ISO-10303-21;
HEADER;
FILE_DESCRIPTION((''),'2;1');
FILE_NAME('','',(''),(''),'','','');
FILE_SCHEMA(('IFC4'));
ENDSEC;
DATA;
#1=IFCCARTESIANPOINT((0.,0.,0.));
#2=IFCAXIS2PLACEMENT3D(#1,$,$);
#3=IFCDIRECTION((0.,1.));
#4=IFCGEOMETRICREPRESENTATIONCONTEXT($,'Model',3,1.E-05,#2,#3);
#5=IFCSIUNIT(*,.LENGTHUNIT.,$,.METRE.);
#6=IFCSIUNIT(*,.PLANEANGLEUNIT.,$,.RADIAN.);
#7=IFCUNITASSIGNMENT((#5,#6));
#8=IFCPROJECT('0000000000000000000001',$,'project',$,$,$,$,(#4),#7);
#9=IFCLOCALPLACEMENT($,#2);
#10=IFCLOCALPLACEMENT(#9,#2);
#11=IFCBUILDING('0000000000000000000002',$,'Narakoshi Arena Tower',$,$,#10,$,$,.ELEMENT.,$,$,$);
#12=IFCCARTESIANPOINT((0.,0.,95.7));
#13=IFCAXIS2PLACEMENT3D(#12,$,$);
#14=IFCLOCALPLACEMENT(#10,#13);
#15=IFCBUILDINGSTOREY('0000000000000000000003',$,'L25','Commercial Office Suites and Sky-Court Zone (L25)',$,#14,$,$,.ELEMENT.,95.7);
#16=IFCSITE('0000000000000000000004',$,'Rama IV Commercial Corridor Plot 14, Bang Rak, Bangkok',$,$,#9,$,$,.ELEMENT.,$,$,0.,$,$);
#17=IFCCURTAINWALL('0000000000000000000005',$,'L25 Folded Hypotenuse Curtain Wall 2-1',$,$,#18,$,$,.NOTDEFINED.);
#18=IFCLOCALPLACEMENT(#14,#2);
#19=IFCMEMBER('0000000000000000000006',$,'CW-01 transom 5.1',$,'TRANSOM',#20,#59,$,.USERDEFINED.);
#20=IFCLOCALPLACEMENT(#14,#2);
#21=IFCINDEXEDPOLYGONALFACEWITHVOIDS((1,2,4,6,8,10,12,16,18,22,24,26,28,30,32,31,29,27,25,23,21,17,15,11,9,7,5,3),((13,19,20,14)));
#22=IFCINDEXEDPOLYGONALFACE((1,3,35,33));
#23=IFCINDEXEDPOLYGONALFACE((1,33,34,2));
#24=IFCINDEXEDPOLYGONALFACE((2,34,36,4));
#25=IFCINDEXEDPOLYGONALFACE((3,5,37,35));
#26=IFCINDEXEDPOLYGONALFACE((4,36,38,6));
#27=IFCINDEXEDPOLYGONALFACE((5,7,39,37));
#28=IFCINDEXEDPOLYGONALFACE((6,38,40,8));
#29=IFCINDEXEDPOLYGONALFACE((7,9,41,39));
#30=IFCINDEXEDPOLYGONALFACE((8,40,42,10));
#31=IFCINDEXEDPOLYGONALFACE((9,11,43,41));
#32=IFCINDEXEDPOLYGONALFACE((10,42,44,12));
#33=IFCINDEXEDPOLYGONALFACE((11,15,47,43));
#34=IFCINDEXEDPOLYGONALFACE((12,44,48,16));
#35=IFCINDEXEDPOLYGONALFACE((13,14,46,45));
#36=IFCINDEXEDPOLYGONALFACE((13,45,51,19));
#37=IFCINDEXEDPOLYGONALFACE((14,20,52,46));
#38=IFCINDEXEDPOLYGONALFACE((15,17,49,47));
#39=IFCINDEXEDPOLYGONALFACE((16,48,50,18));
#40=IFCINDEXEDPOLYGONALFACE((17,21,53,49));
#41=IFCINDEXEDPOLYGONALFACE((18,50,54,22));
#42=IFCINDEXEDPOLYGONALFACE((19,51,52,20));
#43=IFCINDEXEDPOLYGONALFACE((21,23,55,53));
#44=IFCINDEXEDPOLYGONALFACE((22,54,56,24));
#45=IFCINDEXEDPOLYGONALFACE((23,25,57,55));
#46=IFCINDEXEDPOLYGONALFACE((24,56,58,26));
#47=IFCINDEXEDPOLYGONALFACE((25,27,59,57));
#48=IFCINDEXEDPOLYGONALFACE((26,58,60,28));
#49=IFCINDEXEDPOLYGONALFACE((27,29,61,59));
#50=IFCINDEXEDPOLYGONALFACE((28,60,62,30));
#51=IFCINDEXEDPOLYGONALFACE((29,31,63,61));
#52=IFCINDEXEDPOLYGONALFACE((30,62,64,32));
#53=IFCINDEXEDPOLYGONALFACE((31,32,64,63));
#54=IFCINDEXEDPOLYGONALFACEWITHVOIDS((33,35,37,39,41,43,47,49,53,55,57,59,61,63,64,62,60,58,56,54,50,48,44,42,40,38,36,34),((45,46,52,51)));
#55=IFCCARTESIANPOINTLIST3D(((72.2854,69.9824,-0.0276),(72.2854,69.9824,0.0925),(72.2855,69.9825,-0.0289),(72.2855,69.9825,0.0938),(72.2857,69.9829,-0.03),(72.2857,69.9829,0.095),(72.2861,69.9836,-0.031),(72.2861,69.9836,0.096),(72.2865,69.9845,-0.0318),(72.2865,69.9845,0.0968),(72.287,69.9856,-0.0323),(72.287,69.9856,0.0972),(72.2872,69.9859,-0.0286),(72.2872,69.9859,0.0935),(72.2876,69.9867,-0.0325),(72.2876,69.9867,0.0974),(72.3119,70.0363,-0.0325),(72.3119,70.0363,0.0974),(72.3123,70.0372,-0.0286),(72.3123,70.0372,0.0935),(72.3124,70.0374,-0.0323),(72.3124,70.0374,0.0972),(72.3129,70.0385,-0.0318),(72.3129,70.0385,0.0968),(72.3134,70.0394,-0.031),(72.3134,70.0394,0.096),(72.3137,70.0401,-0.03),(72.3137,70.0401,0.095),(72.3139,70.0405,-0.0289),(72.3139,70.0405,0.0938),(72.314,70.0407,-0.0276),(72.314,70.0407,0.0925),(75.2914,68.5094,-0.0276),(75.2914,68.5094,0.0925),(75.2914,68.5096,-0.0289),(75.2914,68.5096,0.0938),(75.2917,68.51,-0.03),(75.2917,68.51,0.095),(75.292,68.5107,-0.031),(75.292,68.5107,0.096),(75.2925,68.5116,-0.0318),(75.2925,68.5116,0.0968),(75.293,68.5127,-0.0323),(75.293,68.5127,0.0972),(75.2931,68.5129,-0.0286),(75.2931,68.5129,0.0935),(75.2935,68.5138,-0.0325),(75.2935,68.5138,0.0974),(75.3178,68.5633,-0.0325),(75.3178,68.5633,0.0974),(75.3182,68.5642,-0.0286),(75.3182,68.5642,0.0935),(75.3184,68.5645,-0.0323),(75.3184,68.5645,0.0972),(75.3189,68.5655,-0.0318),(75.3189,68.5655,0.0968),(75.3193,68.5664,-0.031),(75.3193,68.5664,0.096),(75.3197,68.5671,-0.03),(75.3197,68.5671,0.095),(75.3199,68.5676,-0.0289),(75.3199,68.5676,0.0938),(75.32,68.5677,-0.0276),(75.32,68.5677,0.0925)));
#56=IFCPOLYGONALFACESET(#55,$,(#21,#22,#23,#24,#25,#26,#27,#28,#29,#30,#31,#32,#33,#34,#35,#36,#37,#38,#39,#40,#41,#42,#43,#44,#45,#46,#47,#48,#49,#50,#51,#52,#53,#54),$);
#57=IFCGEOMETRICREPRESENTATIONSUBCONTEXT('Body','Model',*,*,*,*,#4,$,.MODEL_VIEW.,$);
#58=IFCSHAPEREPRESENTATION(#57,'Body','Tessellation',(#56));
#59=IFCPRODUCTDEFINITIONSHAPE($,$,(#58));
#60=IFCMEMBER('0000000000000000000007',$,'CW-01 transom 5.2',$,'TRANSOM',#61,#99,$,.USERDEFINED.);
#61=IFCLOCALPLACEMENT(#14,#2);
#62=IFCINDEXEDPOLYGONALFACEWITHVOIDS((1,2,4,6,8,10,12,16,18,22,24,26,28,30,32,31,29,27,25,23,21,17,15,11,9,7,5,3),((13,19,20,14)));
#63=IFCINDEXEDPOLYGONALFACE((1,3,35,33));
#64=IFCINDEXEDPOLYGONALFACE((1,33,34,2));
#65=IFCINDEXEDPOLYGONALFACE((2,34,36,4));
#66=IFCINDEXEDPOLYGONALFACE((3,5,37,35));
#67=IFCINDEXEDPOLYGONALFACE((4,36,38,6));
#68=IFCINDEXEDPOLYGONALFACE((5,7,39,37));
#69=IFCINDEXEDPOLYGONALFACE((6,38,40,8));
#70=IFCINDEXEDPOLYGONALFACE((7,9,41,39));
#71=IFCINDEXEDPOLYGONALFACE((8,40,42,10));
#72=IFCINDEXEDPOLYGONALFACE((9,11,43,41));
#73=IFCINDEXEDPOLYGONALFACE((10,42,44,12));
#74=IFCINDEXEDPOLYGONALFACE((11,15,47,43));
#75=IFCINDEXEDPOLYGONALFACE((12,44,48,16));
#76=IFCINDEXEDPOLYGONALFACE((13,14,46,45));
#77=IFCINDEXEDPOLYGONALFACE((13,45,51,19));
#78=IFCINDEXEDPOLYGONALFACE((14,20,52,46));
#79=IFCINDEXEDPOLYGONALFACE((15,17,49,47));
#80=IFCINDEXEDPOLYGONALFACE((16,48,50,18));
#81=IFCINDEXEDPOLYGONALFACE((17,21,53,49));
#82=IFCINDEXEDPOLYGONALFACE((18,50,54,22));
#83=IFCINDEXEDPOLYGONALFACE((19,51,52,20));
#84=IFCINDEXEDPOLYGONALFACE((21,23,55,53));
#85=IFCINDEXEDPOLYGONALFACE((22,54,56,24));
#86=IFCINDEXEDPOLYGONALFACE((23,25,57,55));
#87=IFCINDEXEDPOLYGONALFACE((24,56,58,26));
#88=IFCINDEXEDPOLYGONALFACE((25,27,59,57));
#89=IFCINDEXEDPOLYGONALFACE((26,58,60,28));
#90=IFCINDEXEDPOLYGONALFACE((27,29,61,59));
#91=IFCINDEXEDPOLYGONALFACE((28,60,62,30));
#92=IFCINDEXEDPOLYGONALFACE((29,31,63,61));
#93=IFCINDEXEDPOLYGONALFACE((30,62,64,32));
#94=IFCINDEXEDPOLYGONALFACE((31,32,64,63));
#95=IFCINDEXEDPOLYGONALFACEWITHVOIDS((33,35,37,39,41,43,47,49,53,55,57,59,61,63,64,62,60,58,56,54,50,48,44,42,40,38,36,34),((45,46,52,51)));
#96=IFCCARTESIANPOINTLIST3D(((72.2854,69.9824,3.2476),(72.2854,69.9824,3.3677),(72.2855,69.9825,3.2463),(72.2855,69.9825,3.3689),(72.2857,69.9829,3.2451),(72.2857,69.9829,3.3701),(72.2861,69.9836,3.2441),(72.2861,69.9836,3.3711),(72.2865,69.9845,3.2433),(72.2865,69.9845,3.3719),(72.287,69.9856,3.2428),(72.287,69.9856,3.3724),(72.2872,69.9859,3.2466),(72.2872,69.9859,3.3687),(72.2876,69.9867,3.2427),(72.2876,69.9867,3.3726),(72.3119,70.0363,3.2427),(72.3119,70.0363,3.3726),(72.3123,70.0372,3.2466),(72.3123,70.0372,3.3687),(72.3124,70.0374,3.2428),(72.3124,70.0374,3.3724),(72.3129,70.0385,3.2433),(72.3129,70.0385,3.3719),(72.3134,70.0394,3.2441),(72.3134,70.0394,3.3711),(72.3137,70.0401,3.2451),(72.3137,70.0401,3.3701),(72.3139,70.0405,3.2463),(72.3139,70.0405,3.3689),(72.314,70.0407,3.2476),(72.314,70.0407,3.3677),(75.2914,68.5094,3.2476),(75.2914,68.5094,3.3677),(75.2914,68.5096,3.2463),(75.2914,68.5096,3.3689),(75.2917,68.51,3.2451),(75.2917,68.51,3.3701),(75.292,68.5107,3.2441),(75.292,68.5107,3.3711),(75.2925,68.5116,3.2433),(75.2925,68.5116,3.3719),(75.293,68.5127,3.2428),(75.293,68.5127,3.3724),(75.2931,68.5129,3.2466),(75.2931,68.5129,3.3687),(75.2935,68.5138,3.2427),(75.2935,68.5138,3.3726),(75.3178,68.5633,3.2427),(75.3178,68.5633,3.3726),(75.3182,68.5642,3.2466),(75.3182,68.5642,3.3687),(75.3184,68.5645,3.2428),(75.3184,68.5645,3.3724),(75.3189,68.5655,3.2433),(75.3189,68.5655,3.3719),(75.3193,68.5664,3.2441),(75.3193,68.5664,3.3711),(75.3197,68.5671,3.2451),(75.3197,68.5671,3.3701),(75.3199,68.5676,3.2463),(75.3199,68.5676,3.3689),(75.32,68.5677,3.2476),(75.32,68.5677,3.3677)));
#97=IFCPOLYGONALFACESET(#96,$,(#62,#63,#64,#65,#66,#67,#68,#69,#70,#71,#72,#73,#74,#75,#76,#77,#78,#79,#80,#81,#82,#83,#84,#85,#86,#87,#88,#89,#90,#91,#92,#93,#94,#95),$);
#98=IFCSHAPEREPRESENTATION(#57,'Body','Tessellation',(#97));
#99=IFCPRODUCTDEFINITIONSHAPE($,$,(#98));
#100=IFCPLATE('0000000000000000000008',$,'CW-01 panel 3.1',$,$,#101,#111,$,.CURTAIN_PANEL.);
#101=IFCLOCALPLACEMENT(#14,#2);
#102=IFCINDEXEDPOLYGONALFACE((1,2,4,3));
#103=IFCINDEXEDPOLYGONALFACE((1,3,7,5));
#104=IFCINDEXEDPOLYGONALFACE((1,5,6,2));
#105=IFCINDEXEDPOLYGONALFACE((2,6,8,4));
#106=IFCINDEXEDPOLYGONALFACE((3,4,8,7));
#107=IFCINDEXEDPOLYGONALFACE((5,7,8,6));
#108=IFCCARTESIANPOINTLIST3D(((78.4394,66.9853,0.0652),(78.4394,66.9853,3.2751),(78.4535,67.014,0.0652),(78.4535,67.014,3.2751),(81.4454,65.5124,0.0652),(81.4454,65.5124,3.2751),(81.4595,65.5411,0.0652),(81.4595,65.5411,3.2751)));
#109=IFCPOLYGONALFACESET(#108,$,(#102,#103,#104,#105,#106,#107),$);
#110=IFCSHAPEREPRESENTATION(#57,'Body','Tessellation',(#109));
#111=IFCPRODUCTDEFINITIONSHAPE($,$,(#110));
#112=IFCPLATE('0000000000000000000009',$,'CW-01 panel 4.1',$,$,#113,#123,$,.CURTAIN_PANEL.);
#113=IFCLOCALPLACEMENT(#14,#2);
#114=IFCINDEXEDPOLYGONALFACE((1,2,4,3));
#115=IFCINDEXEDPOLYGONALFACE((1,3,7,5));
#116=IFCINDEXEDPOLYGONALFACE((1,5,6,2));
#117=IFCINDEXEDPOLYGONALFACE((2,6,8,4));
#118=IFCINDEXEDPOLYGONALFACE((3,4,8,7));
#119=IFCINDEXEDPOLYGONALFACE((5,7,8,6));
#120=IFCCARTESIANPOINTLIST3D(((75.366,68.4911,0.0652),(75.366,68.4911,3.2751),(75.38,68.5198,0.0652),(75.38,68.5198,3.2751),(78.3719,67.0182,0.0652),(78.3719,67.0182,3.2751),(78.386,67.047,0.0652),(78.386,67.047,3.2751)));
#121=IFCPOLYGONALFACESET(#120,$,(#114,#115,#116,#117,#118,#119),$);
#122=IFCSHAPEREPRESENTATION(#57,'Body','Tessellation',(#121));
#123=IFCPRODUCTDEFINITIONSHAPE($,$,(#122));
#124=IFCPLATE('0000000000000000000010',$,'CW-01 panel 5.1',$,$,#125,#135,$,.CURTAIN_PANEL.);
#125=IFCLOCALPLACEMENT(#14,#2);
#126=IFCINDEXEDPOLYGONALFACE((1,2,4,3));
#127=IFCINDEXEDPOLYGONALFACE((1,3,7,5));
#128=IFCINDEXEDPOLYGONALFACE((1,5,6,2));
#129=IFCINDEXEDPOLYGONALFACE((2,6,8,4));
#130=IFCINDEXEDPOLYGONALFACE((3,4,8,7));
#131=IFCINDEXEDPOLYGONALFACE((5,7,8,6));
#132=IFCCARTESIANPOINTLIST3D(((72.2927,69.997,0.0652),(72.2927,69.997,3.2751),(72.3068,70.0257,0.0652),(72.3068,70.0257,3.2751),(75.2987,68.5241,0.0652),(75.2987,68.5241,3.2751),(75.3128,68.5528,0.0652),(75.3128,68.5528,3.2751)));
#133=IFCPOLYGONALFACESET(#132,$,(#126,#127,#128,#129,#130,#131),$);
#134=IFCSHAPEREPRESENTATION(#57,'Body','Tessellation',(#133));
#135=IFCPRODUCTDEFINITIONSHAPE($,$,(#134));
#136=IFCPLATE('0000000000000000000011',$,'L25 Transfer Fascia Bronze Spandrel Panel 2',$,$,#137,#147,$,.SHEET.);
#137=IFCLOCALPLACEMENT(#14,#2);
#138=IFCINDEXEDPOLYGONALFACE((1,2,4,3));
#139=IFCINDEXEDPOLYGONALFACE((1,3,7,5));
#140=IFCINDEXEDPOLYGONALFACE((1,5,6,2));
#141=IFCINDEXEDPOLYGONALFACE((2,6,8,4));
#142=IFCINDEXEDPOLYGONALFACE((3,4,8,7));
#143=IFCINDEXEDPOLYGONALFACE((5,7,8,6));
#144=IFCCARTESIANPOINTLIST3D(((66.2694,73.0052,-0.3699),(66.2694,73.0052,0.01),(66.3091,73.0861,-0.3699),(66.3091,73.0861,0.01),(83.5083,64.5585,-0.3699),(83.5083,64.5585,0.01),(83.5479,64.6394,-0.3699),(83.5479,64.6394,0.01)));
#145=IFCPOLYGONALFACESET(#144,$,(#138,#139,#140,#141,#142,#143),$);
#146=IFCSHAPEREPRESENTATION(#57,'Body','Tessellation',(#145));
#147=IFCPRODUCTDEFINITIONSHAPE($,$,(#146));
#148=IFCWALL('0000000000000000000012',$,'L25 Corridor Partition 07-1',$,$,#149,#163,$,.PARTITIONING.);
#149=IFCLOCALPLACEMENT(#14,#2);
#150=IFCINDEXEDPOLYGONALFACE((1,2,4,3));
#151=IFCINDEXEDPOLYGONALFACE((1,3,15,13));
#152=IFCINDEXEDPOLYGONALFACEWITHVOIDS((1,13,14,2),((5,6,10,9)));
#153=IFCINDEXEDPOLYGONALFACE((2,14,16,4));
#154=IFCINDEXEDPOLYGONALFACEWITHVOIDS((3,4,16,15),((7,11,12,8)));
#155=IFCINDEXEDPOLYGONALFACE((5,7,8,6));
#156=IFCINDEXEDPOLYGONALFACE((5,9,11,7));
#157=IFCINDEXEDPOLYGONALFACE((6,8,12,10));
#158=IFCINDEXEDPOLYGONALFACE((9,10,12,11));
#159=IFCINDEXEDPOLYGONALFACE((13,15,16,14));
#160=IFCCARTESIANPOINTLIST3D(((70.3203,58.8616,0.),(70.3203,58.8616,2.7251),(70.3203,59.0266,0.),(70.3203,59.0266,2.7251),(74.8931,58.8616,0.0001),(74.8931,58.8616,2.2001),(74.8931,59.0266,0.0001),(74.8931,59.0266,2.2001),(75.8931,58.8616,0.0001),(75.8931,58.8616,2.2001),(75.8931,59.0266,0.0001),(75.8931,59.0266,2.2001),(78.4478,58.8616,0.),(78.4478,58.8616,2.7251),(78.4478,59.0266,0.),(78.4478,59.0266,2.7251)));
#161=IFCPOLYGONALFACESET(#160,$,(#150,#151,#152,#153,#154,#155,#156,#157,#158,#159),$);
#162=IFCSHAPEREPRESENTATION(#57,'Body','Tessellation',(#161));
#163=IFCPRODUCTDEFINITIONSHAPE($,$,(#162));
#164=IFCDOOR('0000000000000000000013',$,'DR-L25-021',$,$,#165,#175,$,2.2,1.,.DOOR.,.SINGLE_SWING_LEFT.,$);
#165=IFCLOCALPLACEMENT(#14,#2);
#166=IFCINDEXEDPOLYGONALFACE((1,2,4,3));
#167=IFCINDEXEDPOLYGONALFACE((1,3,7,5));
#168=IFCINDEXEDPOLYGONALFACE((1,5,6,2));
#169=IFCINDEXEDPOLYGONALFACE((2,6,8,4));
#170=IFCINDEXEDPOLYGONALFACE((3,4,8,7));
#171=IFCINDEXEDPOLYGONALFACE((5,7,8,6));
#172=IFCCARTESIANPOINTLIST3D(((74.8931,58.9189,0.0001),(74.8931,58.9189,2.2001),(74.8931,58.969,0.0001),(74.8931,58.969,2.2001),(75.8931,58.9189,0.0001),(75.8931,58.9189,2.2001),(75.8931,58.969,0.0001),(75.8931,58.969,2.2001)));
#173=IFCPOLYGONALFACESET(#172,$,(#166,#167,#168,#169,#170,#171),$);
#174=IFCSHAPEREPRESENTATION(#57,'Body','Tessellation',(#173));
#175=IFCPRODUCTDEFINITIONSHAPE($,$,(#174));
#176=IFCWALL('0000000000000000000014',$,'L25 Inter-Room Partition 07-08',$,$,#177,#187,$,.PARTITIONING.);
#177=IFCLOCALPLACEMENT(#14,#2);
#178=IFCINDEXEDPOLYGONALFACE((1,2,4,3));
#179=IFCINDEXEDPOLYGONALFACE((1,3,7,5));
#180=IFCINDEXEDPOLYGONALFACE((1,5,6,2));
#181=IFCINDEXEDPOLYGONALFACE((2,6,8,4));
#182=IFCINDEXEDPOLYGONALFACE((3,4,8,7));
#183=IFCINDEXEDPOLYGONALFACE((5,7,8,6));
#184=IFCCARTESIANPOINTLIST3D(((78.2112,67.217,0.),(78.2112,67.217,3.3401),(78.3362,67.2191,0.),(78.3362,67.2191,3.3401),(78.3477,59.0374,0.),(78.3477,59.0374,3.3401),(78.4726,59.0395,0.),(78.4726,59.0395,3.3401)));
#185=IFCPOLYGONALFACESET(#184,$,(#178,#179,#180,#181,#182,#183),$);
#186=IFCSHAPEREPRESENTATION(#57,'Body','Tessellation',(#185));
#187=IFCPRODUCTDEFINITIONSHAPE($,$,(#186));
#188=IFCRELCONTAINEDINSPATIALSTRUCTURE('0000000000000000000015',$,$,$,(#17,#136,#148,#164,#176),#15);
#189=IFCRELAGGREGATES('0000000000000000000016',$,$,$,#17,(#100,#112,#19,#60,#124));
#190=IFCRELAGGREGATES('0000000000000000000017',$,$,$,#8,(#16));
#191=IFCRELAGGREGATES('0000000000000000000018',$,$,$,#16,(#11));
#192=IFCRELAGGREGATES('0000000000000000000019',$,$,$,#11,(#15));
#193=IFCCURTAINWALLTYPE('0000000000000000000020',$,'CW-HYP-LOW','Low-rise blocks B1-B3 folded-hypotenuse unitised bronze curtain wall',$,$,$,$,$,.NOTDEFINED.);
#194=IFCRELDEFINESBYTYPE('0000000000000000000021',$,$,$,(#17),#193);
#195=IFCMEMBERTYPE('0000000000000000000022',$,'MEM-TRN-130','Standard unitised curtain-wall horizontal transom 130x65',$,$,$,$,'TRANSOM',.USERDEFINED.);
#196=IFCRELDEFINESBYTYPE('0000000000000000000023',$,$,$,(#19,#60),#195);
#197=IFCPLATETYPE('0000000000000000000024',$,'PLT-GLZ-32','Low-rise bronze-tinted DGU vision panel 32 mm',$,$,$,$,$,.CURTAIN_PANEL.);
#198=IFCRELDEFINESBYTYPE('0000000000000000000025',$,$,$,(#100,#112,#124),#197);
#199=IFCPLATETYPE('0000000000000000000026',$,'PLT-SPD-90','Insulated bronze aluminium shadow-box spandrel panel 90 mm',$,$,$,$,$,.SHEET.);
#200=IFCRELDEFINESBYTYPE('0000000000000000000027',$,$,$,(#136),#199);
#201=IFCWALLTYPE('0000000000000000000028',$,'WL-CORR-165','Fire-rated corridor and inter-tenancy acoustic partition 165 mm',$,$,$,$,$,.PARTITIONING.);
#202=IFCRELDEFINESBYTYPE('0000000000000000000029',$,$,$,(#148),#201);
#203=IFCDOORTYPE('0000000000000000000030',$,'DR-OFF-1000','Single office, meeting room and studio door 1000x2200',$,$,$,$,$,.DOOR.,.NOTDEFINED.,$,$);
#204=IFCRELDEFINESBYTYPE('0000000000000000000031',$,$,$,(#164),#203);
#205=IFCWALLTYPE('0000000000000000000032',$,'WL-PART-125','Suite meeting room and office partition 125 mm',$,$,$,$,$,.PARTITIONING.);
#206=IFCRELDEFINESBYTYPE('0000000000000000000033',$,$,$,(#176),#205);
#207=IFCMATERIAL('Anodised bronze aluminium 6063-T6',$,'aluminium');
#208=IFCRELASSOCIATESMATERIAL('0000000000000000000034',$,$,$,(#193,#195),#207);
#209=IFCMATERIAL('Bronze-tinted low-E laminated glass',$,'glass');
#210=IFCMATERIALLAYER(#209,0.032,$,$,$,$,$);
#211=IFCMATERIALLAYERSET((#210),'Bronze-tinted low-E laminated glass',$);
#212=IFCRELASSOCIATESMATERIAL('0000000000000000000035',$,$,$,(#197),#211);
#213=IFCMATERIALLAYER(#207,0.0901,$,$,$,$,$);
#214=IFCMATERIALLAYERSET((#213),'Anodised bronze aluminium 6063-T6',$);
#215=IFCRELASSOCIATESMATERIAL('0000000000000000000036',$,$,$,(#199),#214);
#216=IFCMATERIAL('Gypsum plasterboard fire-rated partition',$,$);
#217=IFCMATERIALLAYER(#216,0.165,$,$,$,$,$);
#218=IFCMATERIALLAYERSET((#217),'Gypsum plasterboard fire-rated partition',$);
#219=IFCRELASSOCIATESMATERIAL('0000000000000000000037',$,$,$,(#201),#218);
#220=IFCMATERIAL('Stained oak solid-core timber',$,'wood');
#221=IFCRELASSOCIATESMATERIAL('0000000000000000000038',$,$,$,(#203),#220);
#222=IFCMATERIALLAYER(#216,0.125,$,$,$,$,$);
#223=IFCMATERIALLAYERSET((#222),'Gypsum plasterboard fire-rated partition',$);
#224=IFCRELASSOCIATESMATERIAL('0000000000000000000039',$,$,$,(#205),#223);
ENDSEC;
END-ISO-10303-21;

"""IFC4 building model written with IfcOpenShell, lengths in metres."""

from ifc_helpers import new_model, si_unit, direction, frame, frame_2d, origin, origin_2d, place, context, subcontext, project, spatial, rectangle, hollow_rectangle, extrude, material, layer, layer_set, material_profile, profile_set, type_object, element, fill, aggregate, save


model = new_model("IFC4")

# Units and contexts
model_context = context("Model", 3, precision=1e-05, world=origin(), true_north=direction((0.0, 1.0)))
body_context = subcontext(model_context, "Body", "Model", "MODEL_VIEW")
ifc_project = project(units=[si_unit("LENGTHUNIT", "METRE"), si_unit("PLANEANGLEUNIT", "RADIAN")], contexts=[model_context])

# Site, building, storey
site_placement = place(None, origin())
site = spatial("IfcSite", under=ifc_project, at=site_placement, Name="Rama IV Commercial Corridor Plot 14, Bang Rak, Bangkok", CompositionType="ELEMENT", RefElevation=0.0)
building_placement = place(site_placement, origin())
building = spatial("IfcBuilding", under=site, at=building_placement, Name="Narakoshi Arena Tower", CompositionType="ELEMENT")
storey_placement = place(building_placement, frame((0.0, 0.0, 95.7)))
storey = spatial("IfcBuildingStorey", under=building, at=storey_placement, Name="L25", Description="Commercial Office Suites and Sky-Court Zone (L25)", CompositionType="ELEMENT", Elevation=95.7)

# Curtain wall, members, plates
ifc_material_1 = material(Name="Anodised bronze aluminium 6063-T6", Category="aluminium")
curtain_wall_type = type_object("IfcCurtainWallType", Name="CW-HYP-LOW", Description="Low-rise blocks B1-B3 folded-hypotenuse unitised bronze curtain wall", PredefinedType="NOTDEFINED", material=ifc_material_1)
curtain_wall_placement = place(storey_placement, origin())
curtain_wall = element("IfcCurtainWall", 1, at=curtain_wall_placement, inside=storey, type_object=curtain_wall_type, Name="L25 Folded Hypotenuse Curtain Wall 2-1", PredefinedType="NOTDEFINED")
ifc_material_profile_1 = material_profile(ifc_material_1, hollow_rectangle(XDim=0.0649, YDim=0.1299, WallThickness=0.0039, OuterFilletRadius=0.0049, at=origin_2d()), Name="TRN130x65x4")
ifc_profile_set_1 = profile_set([ifc_material_profile_1], Name="Anodised bronze aluminium 6063-T6")
member_type_1 = type_object("IfcMemberType", Name="MEM-TRN-130", Description="Standard unitised curtain-wall horizontal transom 130x65", ElementType="TRANSOM", PredefinedType="USERDEFINED", material=ifc_profile_set_1)
member_1_placement = place(storey_placement, frame((75.3057, 68.5386, 0.0325), z_axis=(-0.897987, 0.440022, 0.0), x_axis=(-0.440022, -0.897987, 0.0)))
member_1 = element("IfcMember", 2, at=member_1_placement, type_object=member_type_1, Name="CW-01 transom 5.1", ObjectType="TRANSOM", PredefinedType="USERDEFINED", context=body_context, shape_type="SweptSolid", body=[
    extrude(hollow_rectangle(XDim=0.0649, YDim=0.1299, WallThickness=0.0039, OuterFilletRadius=0.0049, at=origin_2d()), origin(), (0.0, 0.0, 1.0), 3.3474),
])
member_2_placement = place(storey_placement, frame((75.3057, 68.5386, 3.3076), z_axis=(-0.897987, 0.440022, 0.0), x_axis=(-0.440022, -0.897987, 0.0)))
member_2 = element("IfcMember", 3, at=member_2_placement, type_object=member_type_1, Name="CW-01 transom 5.2", ObjectType="TRANSOM", PredefinedType="USERDEFINED", context=body_context, shape_type="SweptSolid", body=[
    extrude(hollow_rectangle(XDim=0.0649, YDim=0.1299, WallThickness=0.0039, OuterFilletRadius=0.0049, at=origin_2d()), origin(), (0.0, 0.0, 1.0), 3.3474),
])
ifc_material_2 = material(Name="Bronze-tinted low-E laminated glass", Category="glass")
ifc_layer_1 = layer(ifc_material_2, 0.032)
ifc_layer_set_1 = layer_set([ifc_layer_1], Name="Bronze-tinted low-E laminated glass")
plate_type_1 = type_object("IfcPlateType", Name="PLT-GLZ-32", Description="Low-rise bronze-tinted DGU vision panel 32 mm", PredefinedType="CURTAIN_PANEL", material=ifc_layer_set_1)
plate_1_placement = place(storey_placement, frame((79.9495, 66.2632, 0.0652), z_axis=(0.0, 0.0, 1.0), x_axis=(-0.897996, 0.440005, 0.0)))
plate_1 = element("IfcPlate", 4, at=plate_1_placement, type_object=plate_type_1, Name="CW-01 panel 3.1", PredefinedType="CURTAIN_PANEL", context=body_context, shape_type="SweptSolid", body=[
    extrude(rectangle(XDim=3.3474, YDim=0.032, at=origin_2d()), origin(), (0.0, 0.0, 1.0), 3.21),
])
plate_2_placement = place(storey_placement, frame((76.876, 67.769, 0.0652), z_axis=(0.0, 0.0, 1.0), x_axis=(-0.897996, 0.440005, 0.0)))
plate_2 = element("IfcPlate", 5, at=plate_2_placement, type_object=plate_type_1, Name="CW-01 panel 4.1", PredefinedType="CURTAIN_PANEL", context=body_context, shape_type="SweptSolid", body=[
    extrude(rectangle(XDim=3.3474, YDim=0.032, at=origin_2d()), origin(), (0.0, 0.0, 1.0), 3.21),
])
plate_3_placement = place(storey_placement, frame((73.8027, 69.2749, 0.0652), z_axis=(0.0, 0.0, 1.0), x_axis=(-0.897996, 0.440005, 0.0)))
plate_3 = element("IfcPlate", 6, at=plate_3_placement, type_object=plate_type_1, Name="CW-01 panel 5.1", PredefinedType="CURTAIN_PANEL", context=body_context, shape_type="SweptSolid", body=[
    extrude(rectangle(XDim=3.3474, YDim=0.032, at=origin_2d()), origin(), (0.0, 0.0, 1.0), 3.21),
])
aggregate(curtain_wall, [plate_1, plate_2, member_1, member_2, plate_3])

# Plate
ifc_layer_2 = layer(ifc_material_1, 0.0901)
ifc_layer_set_2 = layer_set([ifc_layer_2], Name="Anodised bronze aluminium 6063-T6")
plate_type_2 = type_object("IfcPlateType", Name="PLT-SPD-90", Description="Insulated bronze aluminium shadow-box spandrel panel 90 mm", PredefinedType="SHEET", material=ifc_layer_set_2)
plate_4_placement = place(storey_placement, frame((74.9087, 68.8223, -0.3699), z_axis=(0.0, 0.0, 1.0), x_axis=(-0.897997, 0.440002, 0.0)))
element("IfcPlate", 7, at=plate_4_placement, inside=storey, type_object=plate_type_2, Name="L25 Transfer Fascia Bronze Spandrel Panel 2", PredefinedType="SHEET", context=body_context, shape_type="SweptSolid", body=[
    extrude(rectangle(XDim=19.197, YDim=0.0901, at=origin_2d()), origin(), (0.0, 0.0, 1.0), 0.3799),
])

# Wall, opening, door
ifc_material_3 = material(Name="Gypsum plasterboard fire-rated partition")
ifc_layer_3 = layer(ifc_material_3, 0.165)
ifc_layer_set_3 = layer_set([ifc_layer_3], Name="Gypsum plasterboard fire-rated partition")
wall_type_1 = type_object("IfcWallType", Name="WL-CORR-165", Description="Fire-rated corridor and inter-tenancy acoustic partition 165 mm", PredefinedType="PARTITIONING", material=ifc_layer_set_3)
wall_1_placement = place(storey_placement, frame((78.4478, 58.9441, 0.0), z_axis=(0.0, 0.0, 1.0), x_axis=(-1.0, 0.0, 0.0)))
wall_1 = element("IfcWall", 8, at=wall_1_placement, inside=storey, type_object=wall_type_1, Name="L25 Corridor Partition 07-1", PredefinedType="PARTITIONING", context=body_context, shape_type="SweptSolid", body=[
    extrude(rectangle(XDim=8.1274, YDim=0.165, at=frame_2d((4.0637, 0.0))), origin(), (0.0, 0.0, 1.0), 2.7251),
])
opening_placement = place(wall_1_placement, frame((2.5547, 0.0, 0.0)))
opening = element("IfcOpeningElement", 9, at=opening_placement, cuts=wall_1, PredefinedType="OPENING", context=body_context, shape_type="SweptSolid", body=[
    extrude(rectangle(XDim=1.0, YDim=2.2, at=frame_2d((0.5, 1.1001))), frame((0.0, 0.0925, 0.0), z_axis=(0.0, -1.0, 0.0), x_axis=(1.0, 0.0, 0.0)), (0.0, 0.0, 1.0), 0.1851),
])
ifc_material_4 = material(Name="Stained oak solid-core timber", Category="wood")
door_type = type_object("IfcDoorType", Name="DR-OFF-1000", Description="Single office, meeting room and studio door 1000x2200", OperationType="NOTDEFINED", PredefinedType="DOOR", material=ifc_material_4)
door_placement = place(opening_placement, frame((1.0, 0.0, 0.0), z_axis=(0.0, 0.0, 1.0), x_axis=(-1.0, 0.0, 0.0)))
door = element("IfcDoor", 10, at=door_placement, inside=storey, type_object=door_type, Name="DR-L25-021", OperationType="SINGLE_SWING_LEFT", OverallHeight=2.2, OverallWidth=1.0, PredefinedType="DOOR", context=body_context, shape_type="SweptSolid", body=[
    extrude(rectangle(XDim=1.0, YDim=2.2, at=frame_2d((0.5, 1.1001))), frame((0.0, 0.0249, 0.0), z_axis=(0.0, -1.0, 0.0), x_axis=(1.0, 0.0, 0.0)), (0.0, 0.0, 1.0), 0.05),
])
fill(opening, door)

# Wall
ifc_layer_4 = layer(ifc_material_3, 0.125)
ifc_layer_set_4 = layer_set([ifc_layer_4], Name="Gypsum plasterboard fire-rated partition")
wall_type_2 = type_object("IfcWallType", Name="WL-PART-125", Description="Suite meeting room and office partition 125 mm", PredefinedType="PARTITIONING", material=ifc_layer_set_4)
wall_2_placement = place(storey_placement, frame((78.2737, 67.218, 0.0), z_axis=(0.0, 0.0, 1.0), x_axis=(0.016683, -0.999861, 0.0)))
element("IfcWall", 11, at=wall_2_placement, inside=storey, type_object=wall_type_2, Name="L25 Inter-Room Partition 07-08", PredefinedType="PARTITIONING", context=body_context, shape_type="SweptSolid", body=[
    extrude(rectangle(XDim=8.1807, YDim=0.125, at=frame_2d((4.0903, 0.0))), origin(), (0.0, 0.0, 1.0), 3.3401),
])

save(model, "model.ifc")
